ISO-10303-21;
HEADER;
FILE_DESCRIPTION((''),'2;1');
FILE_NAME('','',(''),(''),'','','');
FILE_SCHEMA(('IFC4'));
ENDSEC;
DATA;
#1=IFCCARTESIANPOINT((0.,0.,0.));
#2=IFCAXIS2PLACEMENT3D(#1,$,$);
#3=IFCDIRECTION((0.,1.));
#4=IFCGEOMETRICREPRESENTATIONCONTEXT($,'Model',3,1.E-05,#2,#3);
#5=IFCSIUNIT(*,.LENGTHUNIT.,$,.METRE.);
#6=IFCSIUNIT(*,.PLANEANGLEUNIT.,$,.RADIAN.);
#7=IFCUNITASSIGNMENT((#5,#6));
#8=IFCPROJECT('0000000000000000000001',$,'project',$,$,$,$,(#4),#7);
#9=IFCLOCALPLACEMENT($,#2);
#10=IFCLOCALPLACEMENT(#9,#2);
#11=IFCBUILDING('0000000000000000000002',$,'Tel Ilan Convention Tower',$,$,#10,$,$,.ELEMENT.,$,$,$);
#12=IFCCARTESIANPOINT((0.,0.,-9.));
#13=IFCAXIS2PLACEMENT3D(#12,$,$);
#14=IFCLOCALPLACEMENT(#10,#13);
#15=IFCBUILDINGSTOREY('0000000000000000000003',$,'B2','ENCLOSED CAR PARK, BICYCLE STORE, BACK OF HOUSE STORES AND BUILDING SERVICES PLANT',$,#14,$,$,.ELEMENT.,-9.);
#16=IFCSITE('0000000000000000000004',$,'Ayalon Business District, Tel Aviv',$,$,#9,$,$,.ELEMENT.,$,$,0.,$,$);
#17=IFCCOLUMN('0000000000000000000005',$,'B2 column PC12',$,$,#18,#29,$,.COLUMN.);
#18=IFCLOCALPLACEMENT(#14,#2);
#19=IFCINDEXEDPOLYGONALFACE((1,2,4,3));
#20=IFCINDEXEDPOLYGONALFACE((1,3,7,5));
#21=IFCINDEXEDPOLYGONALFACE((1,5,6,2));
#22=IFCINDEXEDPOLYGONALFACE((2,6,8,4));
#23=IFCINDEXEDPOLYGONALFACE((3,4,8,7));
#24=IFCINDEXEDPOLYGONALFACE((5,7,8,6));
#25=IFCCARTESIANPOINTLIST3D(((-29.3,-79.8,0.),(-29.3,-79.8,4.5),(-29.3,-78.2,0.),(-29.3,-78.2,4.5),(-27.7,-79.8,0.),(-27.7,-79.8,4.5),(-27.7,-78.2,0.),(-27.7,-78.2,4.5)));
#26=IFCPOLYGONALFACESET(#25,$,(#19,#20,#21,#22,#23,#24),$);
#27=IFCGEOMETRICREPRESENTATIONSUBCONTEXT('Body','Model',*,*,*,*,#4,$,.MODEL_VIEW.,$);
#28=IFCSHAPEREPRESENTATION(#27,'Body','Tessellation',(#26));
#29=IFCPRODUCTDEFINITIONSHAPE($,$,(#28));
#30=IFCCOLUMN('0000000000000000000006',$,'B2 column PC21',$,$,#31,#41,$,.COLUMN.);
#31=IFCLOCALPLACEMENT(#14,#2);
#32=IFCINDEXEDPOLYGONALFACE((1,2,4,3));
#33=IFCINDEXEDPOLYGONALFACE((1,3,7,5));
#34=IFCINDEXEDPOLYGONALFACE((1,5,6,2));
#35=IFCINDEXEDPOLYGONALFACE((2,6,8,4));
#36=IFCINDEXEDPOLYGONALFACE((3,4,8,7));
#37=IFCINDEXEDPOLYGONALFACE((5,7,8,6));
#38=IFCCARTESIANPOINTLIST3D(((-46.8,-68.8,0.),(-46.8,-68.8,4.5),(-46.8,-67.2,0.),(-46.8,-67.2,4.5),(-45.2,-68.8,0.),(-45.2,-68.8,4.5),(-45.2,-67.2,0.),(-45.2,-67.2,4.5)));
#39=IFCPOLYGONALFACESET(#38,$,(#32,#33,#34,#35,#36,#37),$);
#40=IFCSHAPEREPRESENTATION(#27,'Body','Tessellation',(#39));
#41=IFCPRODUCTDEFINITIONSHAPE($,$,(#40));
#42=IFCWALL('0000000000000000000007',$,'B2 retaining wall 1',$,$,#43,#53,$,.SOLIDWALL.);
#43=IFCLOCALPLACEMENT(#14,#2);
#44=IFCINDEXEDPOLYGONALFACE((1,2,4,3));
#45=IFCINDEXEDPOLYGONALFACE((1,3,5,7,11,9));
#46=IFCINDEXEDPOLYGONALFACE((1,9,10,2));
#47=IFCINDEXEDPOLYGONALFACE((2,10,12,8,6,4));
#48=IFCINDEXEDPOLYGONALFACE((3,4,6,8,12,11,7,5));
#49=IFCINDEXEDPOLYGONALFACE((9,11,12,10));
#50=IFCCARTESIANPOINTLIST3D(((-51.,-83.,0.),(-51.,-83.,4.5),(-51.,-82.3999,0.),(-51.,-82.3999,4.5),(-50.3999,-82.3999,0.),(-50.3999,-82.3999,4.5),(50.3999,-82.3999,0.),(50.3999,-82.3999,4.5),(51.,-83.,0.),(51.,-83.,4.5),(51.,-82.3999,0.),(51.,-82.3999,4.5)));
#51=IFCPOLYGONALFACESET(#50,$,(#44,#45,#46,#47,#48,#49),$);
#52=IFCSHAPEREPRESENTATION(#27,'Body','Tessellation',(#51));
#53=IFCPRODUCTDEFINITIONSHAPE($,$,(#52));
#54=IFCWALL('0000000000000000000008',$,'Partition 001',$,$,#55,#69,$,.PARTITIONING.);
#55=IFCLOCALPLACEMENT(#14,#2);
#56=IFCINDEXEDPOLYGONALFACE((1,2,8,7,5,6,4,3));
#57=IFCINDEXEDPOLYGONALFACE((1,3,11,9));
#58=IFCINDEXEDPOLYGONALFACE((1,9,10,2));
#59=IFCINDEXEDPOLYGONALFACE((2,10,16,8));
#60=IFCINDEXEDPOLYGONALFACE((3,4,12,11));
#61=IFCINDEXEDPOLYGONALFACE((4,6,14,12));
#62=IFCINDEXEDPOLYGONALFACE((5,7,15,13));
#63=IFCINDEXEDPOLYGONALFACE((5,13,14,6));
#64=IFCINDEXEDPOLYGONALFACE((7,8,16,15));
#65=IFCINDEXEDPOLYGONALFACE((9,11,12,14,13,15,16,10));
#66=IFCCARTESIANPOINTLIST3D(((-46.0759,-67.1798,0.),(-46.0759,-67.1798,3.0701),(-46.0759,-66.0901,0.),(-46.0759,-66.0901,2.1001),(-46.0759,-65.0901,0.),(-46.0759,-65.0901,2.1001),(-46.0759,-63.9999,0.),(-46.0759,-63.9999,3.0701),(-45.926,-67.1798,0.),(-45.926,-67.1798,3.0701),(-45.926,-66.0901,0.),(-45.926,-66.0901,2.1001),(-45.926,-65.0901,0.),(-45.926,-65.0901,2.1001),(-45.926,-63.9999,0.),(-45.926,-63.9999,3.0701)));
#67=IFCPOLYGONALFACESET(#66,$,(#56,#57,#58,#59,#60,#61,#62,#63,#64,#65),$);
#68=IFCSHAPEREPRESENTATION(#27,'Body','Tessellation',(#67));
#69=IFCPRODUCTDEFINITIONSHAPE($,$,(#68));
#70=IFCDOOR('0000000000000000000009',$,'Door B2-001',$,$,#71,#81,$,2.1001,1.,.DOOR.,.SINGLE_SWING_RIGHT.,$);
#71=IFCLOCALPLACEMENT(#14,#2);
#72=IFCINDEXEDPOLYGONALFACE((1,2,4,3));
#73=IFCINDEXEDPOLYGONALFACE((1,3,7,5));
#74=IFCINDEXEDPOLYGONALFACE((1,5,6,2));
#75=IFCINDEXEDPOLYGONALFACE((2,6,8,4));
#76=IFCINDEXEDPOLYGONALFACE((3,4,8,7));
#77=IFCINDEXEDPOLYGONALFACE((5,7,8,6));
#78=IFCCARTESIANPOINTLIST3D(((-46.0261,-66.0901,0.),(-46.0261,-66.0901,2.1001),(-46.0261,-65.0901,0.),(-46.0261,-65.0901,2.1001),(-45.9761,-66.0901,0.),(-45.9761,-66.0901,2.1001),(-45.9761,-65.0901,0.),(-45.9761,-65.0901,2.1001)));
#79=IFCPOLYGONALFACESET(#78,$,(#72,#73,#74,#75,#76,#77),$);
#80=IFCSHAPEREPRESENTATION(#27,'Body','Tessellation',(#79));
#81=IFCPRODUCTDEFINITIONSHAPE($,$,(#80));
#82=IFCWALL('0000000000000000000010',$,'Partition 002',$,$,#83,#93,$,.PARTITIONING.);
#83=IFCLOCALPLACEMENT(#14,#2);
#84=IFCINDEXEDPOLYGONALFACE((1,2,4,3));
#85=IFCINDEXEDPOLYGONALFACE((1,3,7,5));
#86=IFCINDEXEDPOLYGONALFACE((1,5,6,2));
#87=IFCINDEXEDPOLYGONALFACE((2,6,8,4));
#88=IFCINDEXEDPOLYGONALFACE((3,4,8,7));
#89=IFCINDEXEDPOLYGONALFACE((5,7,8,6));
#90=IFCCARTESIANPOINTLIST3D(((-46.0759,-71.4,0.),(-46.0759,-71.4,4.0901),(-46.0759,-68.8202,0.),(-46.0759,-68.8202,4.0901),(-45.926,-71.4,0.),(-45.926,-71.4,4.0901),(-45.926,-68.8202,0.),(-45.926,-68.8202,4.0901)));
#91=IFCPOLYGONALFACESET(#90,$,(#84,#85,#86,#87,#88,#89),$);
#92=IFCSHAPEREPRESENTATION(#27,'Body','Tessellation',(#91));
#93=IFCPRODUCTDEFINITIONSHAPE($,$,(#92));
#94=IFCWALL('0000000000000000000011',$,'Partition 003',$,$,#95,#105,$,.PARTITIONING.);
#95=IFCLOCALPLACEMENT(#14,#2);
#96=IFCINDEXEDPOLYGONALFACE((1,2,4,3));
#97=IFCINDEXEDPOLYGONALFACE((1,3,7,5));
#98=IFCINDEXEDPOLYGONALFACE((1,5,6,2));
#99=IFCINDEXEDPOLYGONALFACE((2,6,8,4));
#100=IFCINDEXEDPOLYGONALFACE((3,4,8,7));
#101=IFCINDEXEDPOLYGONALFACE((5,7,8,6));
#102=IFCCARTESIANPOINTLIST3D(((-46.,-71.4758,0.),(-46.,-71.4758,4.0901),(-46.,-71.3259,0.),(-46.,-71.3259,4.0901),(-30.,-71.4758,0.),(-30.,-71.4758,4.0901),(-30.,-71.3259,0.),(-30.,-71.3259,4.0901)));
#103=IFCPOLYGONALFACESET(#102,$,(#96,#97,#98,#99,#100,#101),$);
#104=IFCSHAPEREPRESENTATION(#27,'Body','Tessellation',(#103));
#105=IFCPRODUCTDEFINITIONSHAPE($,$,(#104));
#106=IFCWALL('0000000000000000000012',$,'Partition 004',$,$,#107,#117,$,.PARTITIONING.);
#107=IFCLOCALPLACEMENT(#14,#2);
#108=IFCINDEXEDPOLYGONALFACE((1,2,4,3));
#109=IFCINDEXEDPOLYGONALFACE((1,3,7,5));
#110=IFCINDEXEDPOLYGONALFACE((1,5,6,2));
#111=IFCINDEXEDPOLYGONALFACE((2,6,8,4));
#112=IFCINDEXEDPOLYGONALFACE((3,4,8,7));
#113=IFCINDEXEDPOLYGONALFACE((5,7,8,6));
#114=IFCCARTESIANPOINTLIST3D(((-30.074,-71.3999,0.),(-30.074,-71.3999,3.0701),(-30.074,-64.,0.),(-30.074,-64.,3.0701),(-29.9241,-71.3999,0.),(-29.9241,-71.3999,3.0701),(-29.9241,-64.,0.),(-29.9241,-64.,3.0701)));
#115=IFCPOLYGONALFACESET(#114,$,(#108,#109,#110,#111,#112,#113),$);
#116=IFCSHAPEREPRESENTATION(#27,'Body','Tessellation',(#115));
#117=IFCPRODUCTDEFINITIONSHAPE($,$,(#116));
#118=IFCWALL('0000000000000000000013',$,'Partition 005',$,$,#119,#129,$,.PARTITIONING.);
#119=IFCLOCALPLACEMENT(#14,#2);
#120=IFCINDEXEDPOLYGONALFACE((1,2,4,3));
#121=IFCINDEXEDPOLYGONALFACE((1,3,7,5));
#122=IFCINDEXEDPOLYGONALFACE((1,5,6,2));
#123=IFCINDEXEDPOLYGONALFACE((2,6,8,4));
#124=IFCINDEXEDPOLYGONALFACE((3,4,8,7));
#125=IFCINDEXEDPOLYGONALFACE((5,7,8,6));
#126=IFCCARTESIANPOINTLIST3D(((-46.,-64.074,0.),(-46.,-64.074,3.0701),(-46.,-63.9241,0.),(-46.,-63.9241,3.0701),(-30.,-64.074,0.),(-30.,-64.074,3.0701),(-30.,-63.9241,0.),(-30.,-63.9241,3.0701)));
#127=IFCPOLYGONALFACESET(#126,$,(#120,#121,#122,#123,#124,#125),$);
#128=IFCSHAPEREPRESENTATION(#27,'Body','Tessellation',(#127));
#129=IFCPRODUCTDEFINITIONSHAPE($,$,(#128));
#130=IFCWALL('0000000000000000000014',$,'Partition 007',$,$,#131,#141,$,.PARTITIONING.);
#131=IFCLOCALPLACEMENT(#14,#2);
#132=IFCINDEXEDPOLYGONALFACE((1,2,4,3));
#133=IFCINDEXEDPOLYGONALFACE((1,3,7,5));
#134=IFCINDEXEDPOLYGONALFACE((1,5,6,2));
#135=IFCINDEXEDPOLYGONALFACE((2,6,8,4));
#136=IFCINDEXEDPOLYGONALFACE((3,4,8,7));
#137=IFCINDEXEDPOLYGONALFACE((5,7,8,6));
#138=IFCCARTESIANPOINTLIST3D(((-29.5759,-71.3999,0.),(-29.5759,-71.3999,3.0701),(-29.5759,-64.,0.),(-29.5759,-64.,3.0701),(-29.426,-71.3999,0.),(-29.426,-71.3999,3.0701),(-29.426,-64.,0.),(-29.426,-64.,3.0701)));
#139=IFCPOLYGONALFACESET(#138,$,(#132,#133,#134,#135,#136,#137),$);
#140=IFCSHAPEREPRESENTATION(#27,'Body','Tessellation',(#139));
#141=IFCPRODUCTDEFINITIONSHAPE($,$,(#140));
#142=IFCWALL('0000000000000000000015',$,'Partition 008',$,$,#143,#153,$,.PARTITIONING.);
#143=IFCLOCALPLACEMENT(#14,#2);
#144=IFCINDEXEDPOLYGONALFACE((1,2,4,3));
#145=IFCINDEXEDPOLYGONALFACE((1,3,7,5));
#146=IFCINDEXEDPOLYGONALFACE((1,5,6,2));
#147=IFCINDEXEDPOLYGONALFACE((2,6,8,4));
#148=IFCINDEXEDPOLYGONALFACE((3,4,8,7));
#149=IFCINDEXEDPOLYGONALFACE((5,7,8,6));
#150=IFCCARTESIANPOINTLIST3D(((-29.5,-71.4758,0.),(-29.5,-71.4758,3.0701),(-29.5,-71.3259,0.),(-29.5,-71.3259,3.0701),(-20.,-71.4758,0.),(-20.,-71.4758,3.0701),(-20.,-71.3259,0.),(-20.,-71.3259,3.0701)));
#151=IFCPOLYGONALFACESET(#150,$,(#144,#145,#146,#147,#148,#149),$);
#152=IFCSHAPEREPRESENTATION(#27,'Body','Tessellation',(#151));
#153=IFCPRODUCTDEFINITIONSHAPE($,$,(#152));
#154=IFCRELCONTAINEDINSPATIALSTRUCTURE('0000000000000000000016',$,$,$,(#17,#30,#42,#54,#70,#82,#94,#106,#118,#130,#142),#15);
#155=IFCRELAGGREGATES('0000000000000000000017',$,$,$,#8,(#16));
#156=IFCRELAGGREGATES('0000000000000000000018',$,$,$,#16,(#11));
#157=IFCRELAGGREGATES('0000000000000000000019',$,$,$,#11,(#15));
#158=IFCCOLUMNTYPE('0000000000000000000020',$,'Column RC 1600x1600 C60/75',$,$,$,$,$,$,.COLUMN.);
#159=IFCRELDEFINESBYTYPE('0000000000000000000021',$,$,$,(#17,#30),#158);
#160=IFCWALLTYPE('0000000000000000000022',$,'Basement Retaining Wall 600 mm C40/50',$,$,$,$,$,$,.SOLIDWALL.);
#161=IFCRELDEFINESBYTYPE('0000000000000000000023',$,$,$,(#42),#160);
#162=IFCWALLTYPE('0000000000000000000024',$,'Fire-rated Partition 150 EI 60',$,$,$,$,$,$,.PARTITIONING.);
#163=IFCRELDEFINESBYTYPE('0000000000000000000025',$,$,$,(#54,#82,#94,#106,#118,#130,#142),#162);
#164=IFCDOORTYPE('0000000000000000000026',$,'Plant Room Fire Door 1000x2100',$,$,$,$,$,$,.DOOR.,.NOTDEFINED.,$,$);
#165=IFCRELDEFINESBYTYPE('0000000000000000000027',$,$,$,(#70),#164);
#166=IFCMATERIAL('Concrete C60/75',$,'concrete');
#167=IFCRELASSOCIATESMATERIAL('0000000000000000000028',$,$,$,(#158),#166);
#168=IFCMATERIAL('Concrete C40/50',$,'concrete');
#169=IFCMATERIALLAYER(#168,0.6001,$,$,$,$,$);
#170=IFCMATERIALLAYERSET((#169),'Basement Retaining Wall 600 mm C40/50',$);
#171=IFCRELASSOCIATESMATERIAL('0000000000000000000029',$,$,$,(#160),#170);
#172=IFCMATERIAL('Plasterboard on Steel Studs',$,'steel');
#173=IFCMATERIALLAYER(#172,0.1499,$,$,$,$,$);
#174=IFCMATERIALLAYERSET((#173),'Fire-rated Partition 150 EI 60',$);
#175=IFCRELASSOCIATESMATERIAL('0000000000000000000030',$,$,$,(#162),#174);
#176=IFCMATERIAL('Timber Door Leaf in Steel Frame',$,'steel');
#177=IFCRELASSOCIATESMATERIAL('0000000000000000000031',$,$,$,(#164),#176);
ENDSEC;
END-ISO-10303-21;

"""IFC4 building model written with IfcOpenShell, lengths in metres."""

from ifc_helpers import new_model, si_unit, direction, frame, frame_2d, origin, origin_2d, place, context, subcontext, project, spatial, polyline, rectangle, outline, extrude, material, layer, layer_set, material_profile, profile_set, type_object, element, fill, save


model = new_model("IFC4")

# Units and contexts
model_context = context("Model", 3, precision=1e-05, world=origin(), true_north=direction((0.0, 1.0)))
body_context = subcontext(model_context, "Body", "Model", "MODEL_VIEW")
ifc_project = project(units=[si_unit("LENGTHUNIT", "METRE"), si_unit("PLANEANGLEUNIT", "RADIAN")], contexts=[model_context])

# Site, building, storey
site_placement = place(None, origin())
site = spatial("IfcSite", under=ifc_project, at=site_placement, Name="Ayalon Business District, Tel Aviv", CompositionType="ELEMENT", RefElevation=0.0)
building_placement = place(site_placement, origin())
building = spatial("IfcBuilding", under=site, at=building_placement, Name="Tel Ilan Convention Tower", CompositionType="ELEMENT")
storey_placement = place(building_placement, frame((0.0, 0.0, -9.0)))
storey = spatial("IfcBuildingStorey", under=building, at=storey_placement, Name="B2", Description="ENCLOSED CAR PARK, BICYCLE STORE, BACK OF HOUSE STORES AND BUILDING SERVICES PLANT", CompositionType="ELEMENT", Elevation=-9.0)

# Columns
ifc_material_1 = material(Name="Concrete C60/75", Category="concrete")
ifc_material_profile_1 = material_profile(ifc_material_1, rectangle(XDim=1.6001, YDim=1.6001, at=origin_2d()), Name="RC 1600x1600")
ifc_profile_set_1 = profile_set([ifc_material_profile_1], Name="Concrete C60/75")
column_type = type_object("IfcColumnType", Name="Column RC 1600x1600 C60/75", PredefinedType="COLUMN", material=ifc_profile_set_1)
for number, where, z_axis, x_axis, name in (
    (1, (-28.5, -79.0, 0.0), (0.0, 0.0, 1.0), (1.0, 0.0, 0.0), "B2 column PC12"),
    (2, (-46.0, -68.0, 0.0), (0.0, 0.0, 1.0), (1.0, 0.0, 0.0), "B2 column PC21"),
):
    element("IfcColumn", number, at=place(storey_placement, frame(where, z_axis=z_axis, x_axis=x_axis)), inside=storey, type_object=column_type, Name=name, PredefinedType="COLUMN", context=body_context, shape_type="SweptSolid", body=[
        extrude(rectangle(XDim=1.6001, YDim=1.6001, at=origin_2d()), origin(), (0.0, 0.0, 1.0), 4.5),
    ])

# Wall
ifc_material_2 = material(Name="Concrete C40/50", Category="concrete")
ifc_layer_1 = layer(ifc_material_2, 0.6001)
ifc_layer_set_1 = layer_set([ifc_layer_1], Name="Basement Retaining Wall 600 mm C40/50")
wall_type_1 = type_object("IfcWallType", Name="Basement Retaining Wall 600 mm C40/50", PredefinedType="SOLIDWALL", material=ifc_layer_set_1)
wall_1_placement = place(storey_placement, frame((-51.0, -82.7, 0.0), z_axis=(0.0, 0.0, 1.0), x_axis=(1.0, 0.0, 0.0)))
element("IfcWall", 3, at=wall_1_placement, inside=storey, type_object=wall_type_1, Name="B2 retaining wall 1", PredefinedType="SOLIDWALL", context=body_context, shape_type="SweptSolid", body=[
    extrude(outline(polyline([(0.0, -0.3), (0.0, 0.3), (0.6001, 0.3), (101.3999, 0.3), (102.0, 0.3), (102.0, -0.3), (0.0, -0.3)])), origin(), (0.0, 0.0, 1.0), 4.5),
])

# Wall, opening, door
ifc_material_3 = material(Name="Plasterboard on Steel Studs", Category="steel")
ifc_layer_2 = layer(ifc_material_3, 0.1499)
ifc_layer_set_2 = layer_set([ifc_layer_2], Name="Fire-rated Partition 150 EI 60")
wall_type_2 = type_object("IfcWallType", Name="Fire-rated Partition 150 EI 60", PredefinedType="PARTITIONING", material=ifc_layer_set_2)
wall_2_placement = place(storey_placement, frame((-46.001, -64.0, 0.0), z_axis=(0.0, 0.0, 1.0), x_axis=(0.0, -1.0, 0.0)))
wall_2 = element("IfcWall", 4, at=wall_2_placement, inside=storey, type_object=wall_type_2, Name="Partition 001", PredefinedType="PARTITIONING", context=body_context, shape_type="SweptSolid", body=[
    extrude(rectangle(XDim=3.1799, YDim=0.1499, at=frame_2d((1.5898, 0.0))), origin(), (0.0, 0.0, 1.0), 3.0701),
])
opening_placement = place(wall_2_placement, frame((1.0901, 0.0, 0.0)))
opening = element("IfcOpeningElement", 5, at=opening_placement, cuts=wall_2, PredefinedType="OPENING", context=body_context, shape_type="SweptSolid", body=[
    extrude(rectangle(XDim=1.0, YDim=2.1001, at=frame_2d((0.5, 1.05))), frame((0.0, 0.085, 0.0), z_axis=(0.0, -1.0, 0.0), x_axis=(1.0, 0.0, 0.0)), (0.0, 0.0, 1.0), 0.1699),
])
ifc_material_4 = material(Name="Timber Door Leaf in Steel Frame", Category="steel")
door_type = type_object("IfcDoorType", Name="Plant Room Fire Door 1000x2100", OperationType="NOTDEFINED", PredefinedType="DOOR", material=ifc_material_4)
door_placement = place(opening_placement, origin())
door = element("IfcDoor", 6, at=door_placement, inside=storey, type_object=door_type, Name="Door B2-001", OperationType="SINGLE_SWING_RIGHT", OverallHeight=2.1001, OverallWidth=1.0, PredefinedType="DOOR", context=body_context, shape_type="SweptSolid", body=[
    extrude(rectangle(XDim=1.0, YDim=2.1001, at=frame_2d((0.5, 1.05))), frame((0.0, 0.0249, 0.0), z_axis=(0.0, -1.0, 0.0), x_axis=(1.0, 0.0, 0.0)), (0.0, 0.0, 1.0), 0.05),
])
fill(opening, door)

# Walls
wall_3_placement = place(storey_placement, frame((-46.001, -68.8201, 0.0), z_axis=(0.0, 0.0, 1.0), x_axis=(0.0, -1.0, 0.0)))
element("IfcWall", 7, at=wall_3_placement, inside=storey, type_object=wall_type_2, Name="Partition 002", PredefinedType="PARTITIONING", context=body_context, shape_type="SweptSolid", body=[
    extrude(rectangle(XDim=2.5798, YDim=0.1499, at=frame_2d((1.29, 0.0))), origin(), (0.0, 0.0, 1.0), 4.0901),
])
wall_4_placement = place(storey_placement, frame((-46.0, -71.4009, 0.0), z_axis=(0.0, 0.0, 1.0), x_axis=(1.0, 0.0, 0.0)))
element("IfcWall", 8, at=wall_4_placement, inside=storey, type_object=wall_type_2, Name="Partition 003", PredefinedType="PARTITIONING", context=body_context, shape_type="SweptSolid", body=[
    extrude(rectangle(XDim=16.0, YDim=0.1499, at=frame_2d((8.0, 0.0))), origin(), (0.0, 0.0, 1.0), 4.0901),
])
wall_5_placement = place(storey_placement, frame((-29.999, -71.3999, 0.0), z_axis=(0.0, 0.0, 1.0), x_axis=(0.0, 1.0, 0.0)))
element("IfcWall", 9, at=wall_5_placement, inside=storey, type_object=wall_type_2, Name="Partition 004", PredefinedType="PARTITIONING", context=body_context, shape_type="SweptSolid", body=[
    extrude(rectangle(XDim=7.3999, YDim=0.1499, at=frame_2d((3.7, 0.0))), origin(), (0.0, 0.0, 1.0), 3.0701),
])
wall_6_placement = place(storey_placement, frame((-30.0, -63.999, 0.0), z_axis=(0.0, 0.0, 1.0), x_axis=(-1.0, 0.0, 0.0)))
element("IfcWall", 10, at=wall_6_placement, inside=storey, type_object=wall_type_2, Name="Partition 005", PredefinedType="PARTITIONING", context=body_context, shape_type="SweptSolid", body=[
    extrude(rectangle(XDim=16.0, YDim=0.1499, at=frame_2d((8.0, 0.0))), origin(), (0.0, 0.0, 1.0), 3.0701),
])
wall_7_placement = place(storey_placement, frame((-29.501, -64.0, 0.0), z_axis=(0.0, 0.0, 1.0), x_axis=(0.0, -1.0, 0.0)))
element("IfcWall", 11, at=wall_7_placement, inside=storey, type_object=wall_type_2, Name="Partition 007", PredefinedType="PARTITIONING", context=body_context, shape_type="SweptSolid", body=[
    extrude(rectangle(XDim=7.3999, YDim=0.1499, at=frame_2d((3.7, 0.0))), origin(), (0.0, 0.0, 1.0), 3.0701),
])
wall_8_placement = place(storey_placement, frame((-29.5, -71.4009, 0.0), z_axis=(0.0, 0.0, 1.0), x_axis=(1.0, 0.0, 0.0)))
element("IfcWall", 12, at=wall_8_placement, inside=storey, type_object=wall_type_2, Name="Partition 008", PredefinedType="PARTITIONING", context=body_context, shape_type="SweptSolid", body=[
    extrude(rectangle(XDim=9.5, YDim=0.1499, at=frame_2d((4.75, 0.0))), origin(), (0.0, 0.0, 1.0), 3.0701),
])

save(model, "model.ifc")
